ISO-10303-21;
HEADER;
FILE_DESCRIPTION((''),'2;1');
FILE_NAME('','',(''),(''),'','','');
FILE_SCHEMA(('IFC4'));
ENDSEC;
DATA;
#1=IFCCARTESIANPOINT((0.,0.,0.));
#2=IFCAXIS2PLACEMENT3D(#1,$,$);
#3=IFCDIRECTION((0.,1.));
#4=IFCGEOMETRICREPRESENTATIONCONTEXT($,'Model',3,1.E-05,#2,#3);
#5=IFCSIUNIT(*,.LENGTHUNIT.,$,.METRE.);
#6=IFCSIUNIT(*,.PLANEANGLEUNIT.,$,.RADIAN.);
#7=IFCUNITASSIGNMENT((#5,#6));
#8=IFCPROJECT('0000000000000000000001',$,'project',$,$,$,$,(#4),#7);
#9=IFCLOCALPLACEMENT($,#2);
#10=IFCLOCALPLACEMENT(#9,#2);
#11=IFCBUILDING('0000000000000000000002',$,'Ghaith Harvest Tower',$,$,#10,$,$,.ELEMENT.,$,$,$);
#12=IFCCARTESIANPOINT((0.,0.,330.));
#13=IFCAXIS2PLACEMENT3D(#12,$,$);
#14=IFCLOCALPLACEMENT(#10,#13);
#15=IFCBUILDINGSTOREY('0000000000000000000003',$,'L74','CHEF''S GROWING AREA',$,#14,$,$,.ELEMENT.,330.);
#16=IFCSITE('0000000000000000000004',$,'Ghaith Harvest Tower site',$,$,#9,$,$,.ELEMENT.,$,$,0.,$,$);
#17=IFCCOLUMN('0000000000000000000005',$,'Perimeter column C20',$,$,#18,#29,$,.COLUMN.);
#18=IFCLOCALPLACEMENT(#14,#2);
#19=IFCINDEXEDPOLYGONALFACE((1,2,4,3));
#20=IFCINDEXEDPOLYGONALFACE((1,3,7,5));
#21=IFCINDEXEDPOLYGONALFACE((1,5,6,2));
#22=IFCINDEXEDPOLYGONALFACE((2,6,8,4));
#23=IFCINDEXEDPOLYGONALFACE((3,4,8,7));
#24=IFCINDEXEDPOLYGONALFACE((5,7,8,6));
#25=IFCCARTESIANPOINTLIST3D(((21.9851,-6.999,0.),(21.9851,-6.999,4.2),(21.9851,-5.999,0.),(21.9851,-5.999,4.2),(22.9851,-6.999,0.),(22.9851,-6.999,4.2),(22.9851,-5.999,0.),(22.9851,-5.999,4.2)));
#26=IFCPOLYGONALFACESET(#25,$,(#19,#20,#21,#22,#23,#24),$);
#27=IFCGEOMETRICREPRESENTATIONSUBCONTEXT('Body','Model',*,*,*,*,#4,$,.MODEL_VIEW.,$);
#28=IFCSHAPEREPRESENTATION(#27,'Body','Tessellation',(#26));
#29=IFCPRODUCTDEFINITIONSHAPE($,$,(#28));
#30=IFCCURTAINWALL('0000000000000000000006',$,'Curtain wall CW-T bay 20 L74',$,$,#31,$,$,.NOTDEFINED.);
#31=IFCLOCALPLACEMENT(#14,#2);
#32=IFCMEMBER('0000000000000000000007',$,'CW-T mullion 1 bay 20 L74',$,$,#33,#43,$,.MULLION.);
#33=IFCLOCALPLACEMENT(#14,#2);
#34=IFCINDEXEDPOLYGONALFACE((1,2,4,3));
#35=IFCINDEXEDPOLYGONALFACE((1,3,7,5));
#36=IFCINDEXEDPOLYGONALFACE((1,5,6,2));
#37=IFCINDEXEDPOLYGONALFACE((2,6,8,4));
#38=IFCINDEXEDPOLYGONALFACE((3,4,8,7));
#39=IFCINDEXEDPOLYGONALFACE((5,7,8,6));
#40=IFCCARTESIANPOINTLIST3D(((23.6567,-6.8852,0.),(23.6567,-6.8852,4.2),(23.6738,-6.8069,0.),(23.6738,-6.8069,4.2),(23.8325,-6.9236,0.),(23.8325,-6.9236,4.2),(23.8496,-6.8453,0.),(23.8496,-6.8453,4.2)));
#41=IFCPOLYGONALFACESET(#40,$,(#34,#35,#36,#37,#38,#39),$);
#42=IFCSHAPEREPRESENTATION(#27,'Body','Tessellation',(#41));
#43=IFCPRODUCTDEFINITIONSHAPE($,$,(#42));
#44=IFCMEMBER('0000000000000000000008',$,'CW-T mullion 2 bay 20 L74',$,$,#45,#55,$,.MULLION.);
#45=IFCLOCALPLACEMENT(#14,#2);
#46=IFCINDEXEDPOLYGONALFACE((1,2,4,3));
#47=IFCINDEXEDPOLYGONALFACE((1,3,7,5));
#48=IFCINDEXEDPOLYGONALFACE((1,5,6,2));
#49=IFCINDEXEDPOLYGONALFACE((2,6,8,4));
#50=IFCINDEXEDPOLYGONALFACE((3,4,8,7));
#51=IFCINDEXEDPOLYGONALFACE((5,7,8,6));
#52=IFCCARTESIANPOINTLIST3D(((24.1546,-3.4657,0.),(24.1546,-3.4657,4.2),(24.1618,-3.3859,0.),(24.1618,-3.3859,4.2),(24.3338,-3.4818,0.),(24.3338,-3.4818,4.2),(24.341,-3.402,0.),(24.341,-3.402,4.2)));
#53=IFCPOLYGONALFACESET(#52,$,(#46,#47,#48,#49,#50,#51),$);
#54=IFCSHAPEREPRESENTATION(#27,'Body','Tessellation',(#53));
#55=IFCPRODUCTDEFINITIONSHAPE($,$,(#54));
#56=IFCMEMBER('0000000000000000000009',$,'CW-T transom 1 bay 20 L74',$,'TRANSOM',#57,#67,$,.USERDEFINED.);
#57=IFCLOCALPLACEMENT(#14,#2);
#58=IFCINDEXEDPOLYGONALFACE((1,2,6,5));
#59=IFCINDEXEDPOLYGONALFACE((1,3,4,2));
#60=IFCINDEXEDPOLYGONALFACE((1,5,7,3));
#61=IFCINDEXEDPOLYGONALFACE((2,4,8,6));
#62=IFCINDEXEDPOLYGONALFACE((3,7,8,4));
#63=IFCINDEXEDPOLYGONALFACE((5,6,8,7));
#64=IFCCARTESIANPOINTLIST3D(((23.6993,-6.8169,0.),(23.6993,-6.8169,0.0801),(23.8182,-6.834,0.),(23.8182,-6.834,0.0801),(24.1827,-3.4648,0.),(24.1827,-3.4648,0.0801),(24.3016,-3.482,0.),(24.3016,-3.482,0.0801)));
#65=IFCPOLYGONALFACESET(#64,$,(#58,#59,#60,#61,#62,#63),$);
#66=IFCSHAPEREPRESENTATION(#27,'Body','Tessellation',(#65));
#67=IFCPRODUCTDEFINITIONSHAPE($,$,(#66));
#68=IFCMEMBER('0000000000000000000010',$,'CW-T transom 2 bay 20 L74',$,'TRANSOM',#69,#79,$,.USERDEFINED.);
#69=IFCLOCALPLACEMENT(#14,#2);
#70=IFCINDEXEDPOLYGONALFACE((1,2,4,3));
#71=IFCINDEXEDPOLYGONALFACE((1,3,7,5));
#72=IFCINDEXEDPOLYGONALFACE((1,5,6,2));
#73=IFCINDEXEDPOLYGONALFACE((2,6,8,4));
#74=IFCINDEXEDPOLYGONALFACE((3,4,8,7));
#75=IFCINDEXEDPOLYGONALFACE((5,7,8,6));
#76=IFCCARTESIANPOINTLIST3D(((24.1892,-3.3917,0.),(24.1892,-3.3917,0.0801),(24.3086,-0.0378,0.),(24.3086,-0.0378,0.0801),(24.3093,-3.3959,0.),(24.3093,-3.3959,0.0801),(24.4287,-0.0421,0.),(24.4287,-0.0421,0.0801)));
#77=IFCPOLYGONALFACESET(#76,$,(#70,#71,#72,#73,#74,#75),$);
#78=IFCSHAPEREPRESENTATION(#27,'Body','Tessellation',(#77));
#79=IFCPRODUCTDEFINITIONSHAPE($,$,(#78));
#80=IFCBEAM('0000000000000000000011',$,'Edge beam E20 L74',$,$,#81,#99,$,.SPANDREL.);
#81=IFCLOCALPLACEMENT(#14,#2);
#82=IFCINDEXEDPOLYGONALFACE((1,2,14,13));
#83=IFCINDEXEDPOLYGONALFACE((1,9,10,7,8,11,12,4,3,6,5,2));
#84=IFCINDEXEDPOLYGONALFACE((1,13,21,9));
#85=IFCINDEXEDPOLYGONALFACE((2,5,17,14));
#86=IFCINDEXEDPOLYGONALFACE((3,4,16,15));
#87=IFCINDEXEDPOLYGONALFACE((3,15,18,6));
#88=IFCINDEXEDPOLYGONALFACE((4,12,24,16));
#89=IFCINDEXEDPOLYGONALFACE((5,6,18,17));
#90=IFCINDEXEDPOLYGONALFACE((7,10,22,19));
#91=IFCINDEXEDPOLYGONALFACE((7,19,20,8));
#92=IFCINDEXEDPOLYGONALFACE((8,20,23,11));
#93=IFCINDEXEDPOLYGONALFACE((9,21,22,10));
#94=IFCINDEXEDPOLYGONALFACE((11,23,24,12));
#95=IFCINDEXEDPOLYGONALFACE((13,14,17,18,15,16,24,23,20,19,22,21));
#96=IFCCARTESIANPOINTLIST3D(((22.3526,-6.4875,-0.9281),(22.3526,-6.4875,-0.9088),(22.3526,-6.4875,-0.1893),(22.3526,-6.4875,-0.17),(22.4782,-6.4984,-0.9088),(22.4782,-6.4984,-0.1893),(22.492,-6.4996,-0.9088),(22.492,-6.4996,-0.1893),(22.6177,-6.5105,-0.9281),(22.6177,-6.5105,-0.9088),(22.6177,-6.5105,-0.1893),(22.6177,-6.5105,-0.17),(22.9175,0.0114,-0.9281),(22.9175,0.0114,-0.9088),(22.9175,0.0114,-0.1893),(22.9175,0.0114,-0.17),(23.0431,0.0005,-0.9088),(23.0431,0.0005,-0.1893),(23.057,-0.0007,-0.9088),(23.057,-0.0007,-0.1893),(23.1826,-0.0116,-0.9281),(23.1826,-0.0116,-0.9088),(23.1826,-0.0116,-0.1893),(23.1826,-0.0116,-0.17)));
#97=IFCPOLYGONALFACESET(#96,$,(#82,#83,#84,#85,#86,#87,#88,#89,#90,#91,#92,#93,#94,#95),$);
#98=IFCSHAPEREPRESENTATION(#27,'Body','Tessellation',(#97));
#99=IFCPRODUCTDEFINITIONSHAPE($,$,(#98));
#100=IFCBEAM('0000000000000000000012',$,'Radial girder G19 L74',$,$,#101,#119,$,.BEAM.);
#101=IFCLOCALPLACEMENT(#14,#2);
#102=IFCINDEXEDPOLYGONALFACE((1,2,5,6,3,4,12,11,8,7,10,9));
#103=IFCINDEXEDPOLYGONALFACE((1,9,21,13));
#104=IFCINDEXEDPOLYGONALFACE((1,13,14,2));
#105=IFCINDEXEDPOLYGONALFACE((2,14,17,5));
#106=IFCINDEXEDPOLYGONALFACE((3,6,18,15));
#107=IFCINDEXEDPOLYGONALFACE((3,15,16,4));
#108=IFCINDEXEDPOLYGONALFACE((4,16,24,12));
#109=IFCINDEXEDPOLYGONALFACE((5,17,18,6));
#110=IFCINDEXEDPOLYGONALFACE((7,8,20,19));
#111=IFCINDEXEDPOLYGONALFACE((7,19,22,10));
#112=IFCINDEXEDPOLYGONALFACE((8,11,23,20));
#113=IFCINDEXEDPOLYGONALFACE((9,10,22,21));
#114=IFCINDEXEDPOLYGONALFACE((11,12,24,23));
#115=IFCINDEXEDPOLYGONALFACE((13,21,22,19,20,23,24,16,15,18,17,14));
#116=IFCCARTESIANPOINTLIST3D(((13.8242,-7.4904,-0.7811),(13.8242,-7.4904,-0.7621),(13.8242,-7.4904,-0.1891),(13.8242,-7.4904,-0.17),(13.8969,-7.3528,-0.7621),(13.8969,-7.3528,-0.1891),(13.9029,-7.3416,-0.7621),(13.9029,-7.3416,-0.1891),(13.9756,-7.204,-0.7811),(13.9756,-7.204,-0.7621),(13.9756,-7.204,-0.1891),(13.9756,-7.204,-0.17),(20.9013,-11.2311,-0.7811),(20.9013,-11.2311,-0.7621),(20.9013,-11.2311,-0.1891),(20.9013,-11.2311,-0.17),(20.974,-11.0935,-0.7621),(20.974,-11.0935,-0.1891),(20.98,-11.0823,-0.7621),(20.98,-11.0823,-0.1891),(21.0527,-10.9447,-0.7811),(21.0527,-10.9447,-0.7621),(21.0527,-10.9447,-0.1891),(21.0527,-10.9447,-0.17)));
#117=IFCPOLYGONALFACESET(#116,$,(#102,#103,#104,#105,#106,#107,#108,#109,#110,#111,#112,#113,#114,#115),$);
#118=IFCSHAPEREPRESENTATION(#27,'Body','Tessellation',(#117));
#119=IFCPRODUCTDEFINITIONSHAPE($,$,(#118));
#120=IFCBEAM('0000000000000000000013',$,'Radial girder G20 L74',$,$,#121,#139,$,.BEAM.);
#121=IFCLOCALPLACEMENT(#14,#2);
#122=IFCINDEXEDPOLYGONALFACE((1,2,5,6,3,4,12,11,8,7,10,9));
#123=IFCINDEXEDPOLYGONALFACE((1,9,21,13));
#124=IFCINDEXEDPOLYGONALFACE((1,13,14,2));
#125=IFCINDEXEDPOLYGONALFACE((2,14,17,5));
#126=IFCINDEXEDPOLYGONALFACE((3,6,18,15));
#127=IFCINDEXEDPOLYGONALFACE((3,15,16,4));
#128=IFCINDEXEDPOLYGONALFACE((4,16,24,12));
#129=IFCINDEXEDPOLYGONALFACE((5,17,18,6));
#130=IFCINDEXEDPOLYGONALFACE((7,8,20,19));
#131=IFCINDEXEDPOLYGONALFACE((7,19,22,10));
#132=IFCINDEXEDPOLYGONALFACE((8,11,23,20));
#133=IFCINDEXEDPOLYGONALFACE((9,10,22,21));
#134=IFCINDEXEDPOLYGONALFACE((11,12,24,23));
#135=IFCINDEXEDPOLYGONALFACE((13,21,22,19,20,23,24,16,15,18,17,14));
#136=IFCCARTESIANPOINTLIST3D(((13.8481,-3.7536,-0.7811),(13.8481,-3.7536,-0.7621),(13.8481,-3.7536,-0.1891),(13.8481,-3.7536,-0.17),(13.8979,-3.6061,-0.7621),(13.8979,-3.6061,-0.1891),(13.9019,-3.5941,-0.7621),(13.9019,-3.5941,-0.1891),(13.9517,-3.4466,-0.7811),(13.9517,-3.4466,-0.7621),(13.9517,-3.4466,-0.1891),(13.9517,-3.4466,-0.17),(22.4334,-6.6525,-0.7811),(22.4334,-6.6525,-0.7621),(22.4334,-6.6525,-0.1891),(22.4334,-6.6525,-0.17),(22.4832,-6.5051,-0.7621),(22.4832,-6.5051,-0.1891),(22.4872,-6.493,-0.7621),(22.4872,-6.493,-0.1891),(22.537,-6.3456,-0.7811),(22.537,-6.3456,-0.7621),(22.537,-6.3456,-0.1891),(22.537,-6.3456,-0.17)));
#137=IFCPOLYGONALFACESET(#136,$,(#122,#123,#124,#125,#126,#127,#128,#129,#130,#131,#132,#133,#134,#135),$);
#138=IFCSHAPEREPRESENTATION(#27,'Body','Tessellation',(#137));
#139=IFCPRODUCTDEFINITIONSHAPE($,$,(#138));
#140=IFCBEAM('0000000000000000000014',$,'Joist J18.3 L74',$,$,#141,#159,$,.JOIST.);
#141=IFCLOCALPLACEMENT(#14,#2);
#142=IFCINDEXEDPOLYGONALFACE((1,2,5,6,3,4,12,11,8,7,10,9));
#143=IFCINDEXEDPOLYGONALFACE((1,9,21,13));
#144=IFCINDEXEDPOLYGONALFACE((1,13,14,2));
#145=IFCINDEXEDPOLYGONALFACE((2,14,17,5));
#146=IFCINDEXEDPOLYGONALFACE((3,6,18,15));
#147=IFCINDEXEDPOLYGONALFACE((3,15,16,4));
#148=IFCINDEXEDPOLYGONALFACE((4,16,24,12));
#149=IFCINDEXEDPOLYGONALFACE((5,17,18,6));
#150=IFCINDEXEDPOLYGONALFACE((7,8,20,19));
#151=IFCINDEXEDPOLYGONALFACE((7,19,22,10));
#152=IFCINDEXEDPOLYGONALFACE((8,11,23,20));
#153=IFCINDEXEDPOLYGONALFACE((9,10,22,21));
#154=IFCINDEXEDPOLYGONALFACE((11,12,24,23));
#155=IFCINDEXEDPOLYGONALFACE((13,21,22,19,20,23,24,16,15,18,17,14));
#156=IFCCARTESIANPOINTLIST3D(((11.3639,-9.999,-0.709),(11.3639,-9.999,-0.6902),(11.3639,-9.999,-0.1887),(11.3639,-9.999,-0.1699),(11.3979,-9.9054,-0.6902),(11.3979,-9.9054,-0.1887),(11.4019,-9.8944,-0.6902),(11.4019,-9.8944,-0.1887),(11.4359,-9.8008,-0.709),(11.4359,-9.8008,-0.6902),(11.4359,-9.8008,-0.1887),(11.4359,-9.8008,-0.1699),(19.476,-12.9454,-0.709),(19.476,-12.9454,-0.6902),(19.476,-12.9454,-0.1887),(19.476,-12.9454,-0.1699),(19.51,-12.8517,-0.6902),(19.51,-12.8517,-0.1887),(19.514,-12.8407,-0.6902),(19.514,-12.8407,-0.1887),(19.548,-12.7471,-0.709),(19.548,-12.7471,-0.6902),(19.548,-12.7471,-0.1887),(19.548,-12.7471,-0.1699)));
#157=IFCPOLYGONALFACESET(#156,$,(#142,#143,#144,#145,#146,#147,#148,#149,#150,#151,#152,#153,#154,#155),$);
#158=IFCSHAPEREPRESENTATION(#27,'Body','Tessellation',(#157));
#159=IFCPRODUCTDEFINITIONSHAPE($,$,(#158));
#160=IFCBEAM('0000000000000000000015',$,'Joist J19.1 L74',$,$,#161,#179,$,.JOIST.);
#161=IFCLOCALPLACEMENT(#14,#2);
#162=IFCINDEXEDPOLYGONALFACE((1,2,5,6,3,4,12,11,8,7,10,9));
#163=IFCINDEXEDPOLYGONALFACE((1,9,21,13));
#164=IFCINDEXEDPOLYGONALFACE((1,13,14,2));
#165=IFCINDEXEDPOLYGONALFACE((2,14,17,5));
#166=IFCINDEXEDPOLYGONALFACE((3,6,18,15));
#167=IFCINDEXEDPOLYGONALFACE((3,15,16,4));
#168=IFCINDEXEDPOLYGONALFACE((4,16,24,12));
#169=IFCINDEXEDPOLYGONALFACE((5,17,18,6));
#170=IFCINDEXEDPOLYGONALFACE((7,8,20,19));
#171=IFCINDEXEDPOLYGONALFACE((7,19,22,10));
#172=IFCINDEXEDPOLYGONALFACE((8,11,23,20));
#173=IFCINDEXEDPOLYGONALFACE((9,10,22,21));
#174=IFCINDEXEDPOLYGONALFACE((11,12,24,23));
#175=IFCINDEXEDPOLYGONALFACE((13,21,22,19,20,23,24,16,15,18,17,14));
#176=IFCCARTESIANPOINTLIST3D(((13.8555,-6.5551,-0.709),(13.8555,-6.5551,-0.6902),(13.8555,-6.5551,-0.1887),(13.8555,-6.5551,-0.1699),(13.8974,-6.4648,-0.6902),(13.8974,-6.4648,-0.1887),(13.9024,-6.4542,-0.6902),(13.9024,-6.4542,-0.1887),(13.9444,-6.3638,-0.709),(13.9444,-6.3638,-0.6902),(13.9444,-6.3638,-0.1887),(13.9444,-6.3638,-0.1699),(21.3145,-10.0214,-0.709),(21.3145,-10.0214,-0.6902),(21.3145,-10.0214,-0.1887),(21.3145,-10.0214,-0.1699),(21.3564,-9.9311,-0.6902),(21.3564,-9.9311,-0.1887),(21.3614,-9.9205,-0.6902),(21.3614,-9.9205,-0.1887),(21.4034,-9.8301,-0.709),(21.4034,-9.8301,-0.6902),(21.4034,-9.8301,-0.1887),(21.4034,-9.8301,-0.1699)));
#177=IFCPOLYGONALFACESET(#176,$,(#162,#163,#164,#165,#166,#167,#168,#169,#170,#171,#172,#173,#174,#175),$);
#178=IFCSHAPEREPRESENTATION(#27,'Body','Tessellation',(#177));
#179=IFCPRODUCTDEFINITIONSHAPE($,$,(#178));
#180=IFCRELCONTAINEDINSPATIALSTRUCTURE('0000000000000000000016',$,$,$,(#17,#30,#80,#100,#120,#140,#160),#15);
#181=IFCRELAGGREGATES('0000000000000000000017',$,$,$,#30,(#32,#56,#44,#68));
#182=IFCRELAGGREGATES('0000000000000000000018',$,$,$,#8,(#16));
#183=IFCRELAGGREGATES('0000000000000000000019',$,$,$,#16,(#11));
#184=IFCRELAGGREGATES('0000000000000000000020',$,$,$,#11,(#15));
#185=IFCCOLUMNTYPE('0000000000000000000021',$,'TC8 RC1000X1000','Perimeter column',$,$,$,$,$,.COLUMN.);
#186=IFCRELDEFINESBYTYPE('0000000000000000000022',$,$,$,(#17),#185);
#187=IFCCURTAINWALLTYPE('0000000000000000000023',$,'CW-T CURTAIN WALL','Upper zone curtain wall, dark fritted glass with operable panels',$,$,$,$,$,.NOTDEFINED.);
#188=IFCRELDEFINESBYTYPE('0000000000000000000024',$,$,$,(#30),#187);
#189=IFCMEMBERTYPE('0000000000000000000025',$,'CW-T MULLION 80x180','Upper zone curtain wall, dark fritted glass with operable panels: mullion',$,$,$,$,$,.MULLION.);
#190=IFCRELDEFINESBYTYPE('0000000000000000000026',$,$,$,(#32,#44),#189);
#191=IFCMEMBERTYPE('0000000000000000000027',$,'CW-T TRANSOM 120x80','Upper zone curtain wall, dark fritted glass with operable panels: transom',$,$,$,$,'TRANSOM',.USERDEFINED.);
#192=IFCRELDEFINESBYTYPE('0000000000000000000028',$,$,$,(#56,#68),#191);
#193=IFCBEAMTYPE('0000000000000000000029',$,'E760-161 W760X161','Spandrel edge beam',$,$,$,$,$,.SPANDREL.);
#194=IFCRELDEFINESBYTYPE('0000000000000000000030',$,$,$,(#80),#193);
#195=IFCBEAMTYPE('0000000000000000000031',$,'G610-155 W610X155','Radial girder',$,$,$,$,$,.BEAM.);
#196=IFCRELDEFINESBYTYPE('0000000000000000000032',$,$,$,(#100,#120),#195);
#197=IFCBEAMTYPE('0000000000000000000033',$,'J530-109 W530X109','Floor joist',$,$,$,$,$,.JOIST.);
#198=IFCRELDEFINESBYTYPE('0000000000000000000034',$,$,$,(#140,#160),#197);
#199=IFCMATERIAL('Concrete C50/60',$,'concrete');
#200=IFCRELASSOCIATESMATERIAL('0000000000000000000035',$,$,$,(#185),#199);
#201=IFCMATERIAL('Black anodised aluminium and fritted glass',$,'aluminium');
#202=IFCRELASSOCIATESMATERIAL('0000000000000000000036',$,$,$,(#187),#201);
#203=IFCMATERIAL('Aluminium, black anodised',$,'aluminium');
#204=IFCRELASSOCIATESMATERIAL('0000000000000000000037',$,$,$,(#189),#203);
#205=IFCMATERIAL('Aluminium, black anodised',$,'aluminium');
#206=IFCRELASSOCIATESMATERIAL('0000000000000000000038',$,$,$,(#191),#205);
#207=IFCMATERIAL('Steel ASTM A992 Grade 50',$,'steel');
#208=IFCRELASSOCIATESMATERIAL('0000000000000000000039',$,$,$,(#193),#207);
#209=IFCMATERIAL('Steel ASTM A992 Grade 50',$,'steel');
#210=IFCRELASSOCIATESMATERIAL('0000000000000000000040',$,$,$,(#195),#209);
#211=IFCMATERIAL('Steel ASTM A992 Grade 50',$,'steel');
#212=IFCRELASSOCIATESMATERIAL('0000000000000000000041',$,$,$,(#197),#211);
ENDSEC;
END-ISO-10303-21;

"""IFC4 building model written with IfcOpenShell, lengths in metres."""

from ifc_helpers import new_model, si_unit, direction, frame, origin, origin_2d, place, context, subcontext, project, spatial, rectangle, i_section, extrude, material, material_profile, profile_set, type_object, element, aggregate, save


model = new_model("IFC4")

# Units and contexts
model_context = context("Model", 3, precision=1e-05, world=origin(), true_north=direction((0.0, 1.0)))
body_context = subcontext(model_context, "Body", "Model", "MODEL_VIEW")
ifc_project = project(units=[si_unit("LENGTHUNIT", "METRE"), si_unit("PLANEANGLEUNIT", "RADIAN")], contexts=[model_context])

# Site, building, storey
site_placement = place(None, origin())
site = spatial("IfcSite", under=ifc_project, at=site_placement, Name="Ghaith Harvest Tower site", CompositionType="ELEMENT", RefElevation=0.0)
building_placement = place(site_placement, origin())
building = spatial("IfcBuilding", under=site, at=building_placement, Name="Ghaith Harvest Tower", CompositionType="ELEMENT")
storey_placement = place(building_placement, frame((0.0, 0.0, 330.0)))
storey = spatial("IfcBuildingStorey", under=building, at=storey_placement, Name="L74", Description="CHEF'S GROWING AREA", CompositionType="ELEMENT", Elevation=330.0)

# Column
ifc_material_1 = material(Name="Concrete C50/60", Category="concrete")
ifc_material_profile_1 = material_profile(ifc_material_1, rectangle(XDim=1.0, YDim=1.0, at=origin_2d()), Name="RC1000X1000")
ifc_profile_set_1 = profile_set([ifc_material_profile_1], Name="Concrete C50/60")
column_type = type_object("IfcColumnType", Name="TC8 RC1000X1000", Description="Perimeter column", PredefinedType="COLUMN", material=ifc_profile_set_1)
column_placement = place(storey_placement, frame((22.4851, -6.499, 0.0), z_axis=(0.0, 0.0, 1.0), x_axis=(1.0, 0.0, 0.0)))
element("IfcColumn", 1, at=column_placement, inside=storey, type_object=column_type, Name="Perimeter column C20", PredefinedType="COLUMN", context=body_context, shape_type="SweptSolid", body=[
    extrude(rectangle(XDim=1.0, YDim=1.0, at=origin_2d()), origin(), (0.0, 0.0, 1.0), 4.2),
])

# Curtain wall, members
ifc_material_2 = material(Name="Black anodised aluminium and fritted glass", Category="aluminium")
curtain_wall_type = type_object("IfcCurtainWallType", Name="CW-T CURTAIN WALL", Description="Upper zone curtain wall, dark fritted glass with operable panels", PredefinedType="NOTDEFINED", material=ifc_material_2)
curtain_wall_1_placement = place(storey_placement, origin())
curtain_wall_1 = element("IfcCurtainWall", 2, at=curtain_wall_1_placement, inside=storey, type_object=curtain_wall_type, Name="Curtain wall CW-T bay 20 L74", PredefinedType="NOTDEFINED")
ifc_material_3 = material(Name="Aluminium, black anodised", Category="aluminium")
ifc_material_profile_2 = material_profile(ifc_material_3, rectangle(XDim=0.0801, YDim=0.1799, at=origin_2d()), Name="CW-T MULLION 80x180")
ifc_profile_set_2 = profile_set([ifc_material_profile_2], Name="Aluminium, black anodised")
member_type_1 = type_object("IfcMemberType", Name="CW-T MULLION 80x180", Description="Upper zone curtain wall, dark fritted glass with operable panels: mullion", PredefinedType="MULLION", material=ifc_profile_set_2)
member_1_placement = place(storey_placement, frame((23.7532, -6.8652, 0.0), z_axis=(0.0, 0.0, 1.0), x_axis=(0.213402, 0.976964, 0.0)))
member_1 = element("IfcMember", 3, at=member_1_placement, type_object=member_type_1, Name="CW-T mullion 1 bay 20 L74", PredefinedType="MULLION", context=body_context, shape_type="SweptSolid", body=[
    extrude(rectangle(XDim=0.0801, YDim=0.1799, at=origin_2d()), origin(), (0.0, 0.0, 1.0), 4.2),
])
member_2_placement = place(storey_placement, frame((24.2478, -3.4338, 0.0), z_axis=(0.0, 0.0, 1.0), x_axis=(0.089502, 0.995987, 0.0)))
member_2 = element("IfcMember", 4, at=member_2_placement, type_object=member_type_1, Name="CW-T mullion 2 bay 20 L74", PredefinedType="MULLION", context=body_context, shape_type="SweptSolid", body=[
    extrude(rectangle(XDim=0.0801, YDim=0.1799, at=origin_2d()), origin(), (0.0, 0.0, 1.0), 4.2),
])
ifc_material_4 = material(Name="Aluminium, black anodised", Category="aluminium")
ifc_material_profile_3 = material_profile(ifc_material_4, rectangle(XDim=0.1201, YDim=0.0801, at=origin_2d()), Name="CW-T TRANSOM 120x80")
ifc_profile_set_3 = profile_set([ifc_material_profile_3], Name="Aluminium, black anodised")
member_type_2 = type_object("IfcMemberType", Name="CW-T TRANSOM 120x80", Description="Upper zone curtain wall, dark fritted glass with operable panels: transom", ElementType="TRANSOM", PredefinedType="USERDEFINED", material=ifc_profile_set_3)
member_3_placement = place(storey_placement, frame((23.7588, -6.8254, 0.04), z_axis=(0.142733, 0.989761, 0.0), x_axis=(-0.989761, 0.142733, 0.0)))
member_3 = element("IfcMember", 5, at=member_3_placement, type_object=member_type_2, Name="CW-T transom 1 bay 20 L74", ObjectType="TRANSOM", PredefinedType="USERDEFINED", context=body_context, shape_type="SweptSolid", body=[
    extrude(rectangle(XDim=0.1201, YDim=0.0801, at=origin_2d()), origin(), (0.0, 0.0, 1.0), 3.3867),
])
member_4_placement = place(storey_placement, frame((24.2493, -3.3938, 0.04), z_axis=(0.035575, 0.999367, 0.0), x_axis=(-0.999367, 0.035575, 0.0)))
member_4 = element("IfcMember", 6, at=member_4_placement, type_object=member_type_2, Name="CW-T transom 2 bay 20 L74", ObjectType="TRANSOM", PredefinedType="USERDEFINED", context=body_context, shape_type="SweptSolid", body=[
    extrude(rectangle(XDim=0.1201, YDim=0.0801, at=origin_2d()), origin(), (0.0, 0.0, 1.0), 3.356),
])

# Beams
ifc_material_5 = material(Name="Steel ASTM A992 Grade 50", Category="steel")
ifc_material_profile_4 = material_profile(ifc_material_5, i_section(OverallWidth=0.2661, OverallDepth=0.7581, WebThickness=0.0139, FlangeThickness=0.0193, at=origin_2d()), Name="W760X161")
ifc_profile_set_4 = profile_set([ifc_material_profile_4], Name="Steel ASTM A992 Grade 50")
beam_type_1 = type_object("IfcBeamType", Name="E760-161 W760X161", Description="Spandrel edge beam", PredefinedType="SPANDREL", material=ifc_profile_set_4)
beam_1_placement = place(storey_placement, frame((22.4851, -6.499, -0.5491), z_axis=(0.086601, 0.996243, 0.0), x_axis=(-0.996243, 0.086601, 0.0)))
element("IfcBeam", 7, at=beam_1_placement, inside=storey, type_object=beam_type_1, Name="Edge beam E20 L74", PredefinedType="SPANDREL", context=body_context, shape_type="SweptSolid", body=[
    extrude(i_section(OverallWidth=0.2661, OverallDepth=0.7581, WebThickness=0.0139, FlangeThickness=0.0193, at=origin_2d()), origin(), (0.0, 0.0, 1.0), 6.5234),
])
ifc_material_6 = material(Name="Steel ASTM A992 Grade 50", Category="steel")
ifc_material_profile_5 = material_profile(ifc_material_6, i_section(OverallWidth=0.324, OverallDepth=0.6111, WebThickness=0.0127, FlangeThickness=0.019, at=origin_2d()), Name="W610X155")
ifc_profile_set_5 = profile_set([ifc_material_profile_5], Name="Steel ASTM A992 Grade 50")
beam_type_2 = type_object("IfcBeamType", Name="G610-155 W610X155", Description="Radial girder", PredefinedType="BEAM", material=ifc_profile_set_5)
beam_2_placement = place(storey_placement, frame((13.8999, -7.3472, -0.4756), z_axis=(0.884098, -0.467302, 0.0), x_axis=(0.467302, 0.884098, 0.0)))
element("IfcBeam", 8, at=beam_2_placement, inside=storey, type_object=beam_type_2, Name="Radial girder G19 L74", PredefinedType="BEAM", context=body_context, shape_type="SweptSolid", body=[
    extrude(i_section(OverallWidth=0.324, OverallDepth=0.6111, WebThickness=0.0127, FlangeThickness=0.019, at=origin_2d()), origin(), (0.0, 0.0, 1.0), 8.0049),
])
beam_3_placement = place(storey_placement, frame((13.8999, -3.6001, -0.4756), z_axis=(0.947445, -0.319919, 0.0), x_axis=(0.319919, 0.947445, 0.0)))
element("IfcBeam", 9, at=beam_3_placement, inside=storey, type_object=beam_type_2, Name="Radial girder G20 L74", PredefinedType="BEAM", context=body_context, shape_type="SweptSolid", body=[
    extrude(i_section(OverallWidth=0.324, OverallDepth=0.6111, WebThickness=0.0127, FlangeThickness=0.019, at=origin_2d()), origin(), (0.0, 0.0, 1.0), 9.0615),
])
ifc_material_7 = material(Name="Steel ASTM A992 Grade 50", Category="steel")
ifc_material_profile_6 = material_profile(ifc_material_7, i_section(OverallWidth=0.2109, OverallDepth=0.5391, WebThickness=0.0117, FlangeThickness=0.0188, at=origin_2d()), Name="W530X109")
ifc_profile_set_6 = profile_set([ifc_material_profile_6], Name="Steel ASTM A992 Grade 50")
beam_type_3 = type_object("IfcBeamType", Name="J530-109 W530X109", Description="Floor joist", PredefinedType="JOIST", material=ifc_profile_set_6)
beam_4_placement = place(storey_placement, frame((11.3999, -9.8999, -0.4395), z_axis=(0.939926, -0.34138, 0.0), x_axis=(0.34138, 0.939926, 0.0)))
element("IfcBeam", 10, at=beam_4_placement, inside=storey, type_object=beam_type_3, Name="Joist J18.3 L74", PredefinedType="JOIST", context=body_context, shape_type="SweptSolid", body=[
    extrude(i_section(OverallWidth=0.2109, OverallDepth=0.5391, WebThickness=0.0117, FlangeThickness=0.0188, at=origin_2d()), origin(), (0.0, 0.0, 1.0), 8.6306),
])
beam_5_placement = place(storey_placement, frame((13.8999, -6.4595, -0.4395), z_axis=(0.90686, -0.421432, 0.0), x_axis=(0.421432, 0.90686, 0.0)))
element("IfcBeam", 11, at=beam_5_placement, inside=storey, type_object=beam_type_3, Name="Joist J19.1 L74", PredefinedType="JOIST", context=body_context, shape_type="SweptSolid", body=[
    extrude(i_section(OverallWidth=0.2109, OverallDepth=0.5391, WebThickness=0.0117, FlangeThickness=0.0188, at=origin_2d()), origin(), (0.0, 0.0, 1.0), 8.2251),
])

aggregate(curtain_wall_1, [member_1, member_3, member_2, member_4])

save(model, "model.ifc")
